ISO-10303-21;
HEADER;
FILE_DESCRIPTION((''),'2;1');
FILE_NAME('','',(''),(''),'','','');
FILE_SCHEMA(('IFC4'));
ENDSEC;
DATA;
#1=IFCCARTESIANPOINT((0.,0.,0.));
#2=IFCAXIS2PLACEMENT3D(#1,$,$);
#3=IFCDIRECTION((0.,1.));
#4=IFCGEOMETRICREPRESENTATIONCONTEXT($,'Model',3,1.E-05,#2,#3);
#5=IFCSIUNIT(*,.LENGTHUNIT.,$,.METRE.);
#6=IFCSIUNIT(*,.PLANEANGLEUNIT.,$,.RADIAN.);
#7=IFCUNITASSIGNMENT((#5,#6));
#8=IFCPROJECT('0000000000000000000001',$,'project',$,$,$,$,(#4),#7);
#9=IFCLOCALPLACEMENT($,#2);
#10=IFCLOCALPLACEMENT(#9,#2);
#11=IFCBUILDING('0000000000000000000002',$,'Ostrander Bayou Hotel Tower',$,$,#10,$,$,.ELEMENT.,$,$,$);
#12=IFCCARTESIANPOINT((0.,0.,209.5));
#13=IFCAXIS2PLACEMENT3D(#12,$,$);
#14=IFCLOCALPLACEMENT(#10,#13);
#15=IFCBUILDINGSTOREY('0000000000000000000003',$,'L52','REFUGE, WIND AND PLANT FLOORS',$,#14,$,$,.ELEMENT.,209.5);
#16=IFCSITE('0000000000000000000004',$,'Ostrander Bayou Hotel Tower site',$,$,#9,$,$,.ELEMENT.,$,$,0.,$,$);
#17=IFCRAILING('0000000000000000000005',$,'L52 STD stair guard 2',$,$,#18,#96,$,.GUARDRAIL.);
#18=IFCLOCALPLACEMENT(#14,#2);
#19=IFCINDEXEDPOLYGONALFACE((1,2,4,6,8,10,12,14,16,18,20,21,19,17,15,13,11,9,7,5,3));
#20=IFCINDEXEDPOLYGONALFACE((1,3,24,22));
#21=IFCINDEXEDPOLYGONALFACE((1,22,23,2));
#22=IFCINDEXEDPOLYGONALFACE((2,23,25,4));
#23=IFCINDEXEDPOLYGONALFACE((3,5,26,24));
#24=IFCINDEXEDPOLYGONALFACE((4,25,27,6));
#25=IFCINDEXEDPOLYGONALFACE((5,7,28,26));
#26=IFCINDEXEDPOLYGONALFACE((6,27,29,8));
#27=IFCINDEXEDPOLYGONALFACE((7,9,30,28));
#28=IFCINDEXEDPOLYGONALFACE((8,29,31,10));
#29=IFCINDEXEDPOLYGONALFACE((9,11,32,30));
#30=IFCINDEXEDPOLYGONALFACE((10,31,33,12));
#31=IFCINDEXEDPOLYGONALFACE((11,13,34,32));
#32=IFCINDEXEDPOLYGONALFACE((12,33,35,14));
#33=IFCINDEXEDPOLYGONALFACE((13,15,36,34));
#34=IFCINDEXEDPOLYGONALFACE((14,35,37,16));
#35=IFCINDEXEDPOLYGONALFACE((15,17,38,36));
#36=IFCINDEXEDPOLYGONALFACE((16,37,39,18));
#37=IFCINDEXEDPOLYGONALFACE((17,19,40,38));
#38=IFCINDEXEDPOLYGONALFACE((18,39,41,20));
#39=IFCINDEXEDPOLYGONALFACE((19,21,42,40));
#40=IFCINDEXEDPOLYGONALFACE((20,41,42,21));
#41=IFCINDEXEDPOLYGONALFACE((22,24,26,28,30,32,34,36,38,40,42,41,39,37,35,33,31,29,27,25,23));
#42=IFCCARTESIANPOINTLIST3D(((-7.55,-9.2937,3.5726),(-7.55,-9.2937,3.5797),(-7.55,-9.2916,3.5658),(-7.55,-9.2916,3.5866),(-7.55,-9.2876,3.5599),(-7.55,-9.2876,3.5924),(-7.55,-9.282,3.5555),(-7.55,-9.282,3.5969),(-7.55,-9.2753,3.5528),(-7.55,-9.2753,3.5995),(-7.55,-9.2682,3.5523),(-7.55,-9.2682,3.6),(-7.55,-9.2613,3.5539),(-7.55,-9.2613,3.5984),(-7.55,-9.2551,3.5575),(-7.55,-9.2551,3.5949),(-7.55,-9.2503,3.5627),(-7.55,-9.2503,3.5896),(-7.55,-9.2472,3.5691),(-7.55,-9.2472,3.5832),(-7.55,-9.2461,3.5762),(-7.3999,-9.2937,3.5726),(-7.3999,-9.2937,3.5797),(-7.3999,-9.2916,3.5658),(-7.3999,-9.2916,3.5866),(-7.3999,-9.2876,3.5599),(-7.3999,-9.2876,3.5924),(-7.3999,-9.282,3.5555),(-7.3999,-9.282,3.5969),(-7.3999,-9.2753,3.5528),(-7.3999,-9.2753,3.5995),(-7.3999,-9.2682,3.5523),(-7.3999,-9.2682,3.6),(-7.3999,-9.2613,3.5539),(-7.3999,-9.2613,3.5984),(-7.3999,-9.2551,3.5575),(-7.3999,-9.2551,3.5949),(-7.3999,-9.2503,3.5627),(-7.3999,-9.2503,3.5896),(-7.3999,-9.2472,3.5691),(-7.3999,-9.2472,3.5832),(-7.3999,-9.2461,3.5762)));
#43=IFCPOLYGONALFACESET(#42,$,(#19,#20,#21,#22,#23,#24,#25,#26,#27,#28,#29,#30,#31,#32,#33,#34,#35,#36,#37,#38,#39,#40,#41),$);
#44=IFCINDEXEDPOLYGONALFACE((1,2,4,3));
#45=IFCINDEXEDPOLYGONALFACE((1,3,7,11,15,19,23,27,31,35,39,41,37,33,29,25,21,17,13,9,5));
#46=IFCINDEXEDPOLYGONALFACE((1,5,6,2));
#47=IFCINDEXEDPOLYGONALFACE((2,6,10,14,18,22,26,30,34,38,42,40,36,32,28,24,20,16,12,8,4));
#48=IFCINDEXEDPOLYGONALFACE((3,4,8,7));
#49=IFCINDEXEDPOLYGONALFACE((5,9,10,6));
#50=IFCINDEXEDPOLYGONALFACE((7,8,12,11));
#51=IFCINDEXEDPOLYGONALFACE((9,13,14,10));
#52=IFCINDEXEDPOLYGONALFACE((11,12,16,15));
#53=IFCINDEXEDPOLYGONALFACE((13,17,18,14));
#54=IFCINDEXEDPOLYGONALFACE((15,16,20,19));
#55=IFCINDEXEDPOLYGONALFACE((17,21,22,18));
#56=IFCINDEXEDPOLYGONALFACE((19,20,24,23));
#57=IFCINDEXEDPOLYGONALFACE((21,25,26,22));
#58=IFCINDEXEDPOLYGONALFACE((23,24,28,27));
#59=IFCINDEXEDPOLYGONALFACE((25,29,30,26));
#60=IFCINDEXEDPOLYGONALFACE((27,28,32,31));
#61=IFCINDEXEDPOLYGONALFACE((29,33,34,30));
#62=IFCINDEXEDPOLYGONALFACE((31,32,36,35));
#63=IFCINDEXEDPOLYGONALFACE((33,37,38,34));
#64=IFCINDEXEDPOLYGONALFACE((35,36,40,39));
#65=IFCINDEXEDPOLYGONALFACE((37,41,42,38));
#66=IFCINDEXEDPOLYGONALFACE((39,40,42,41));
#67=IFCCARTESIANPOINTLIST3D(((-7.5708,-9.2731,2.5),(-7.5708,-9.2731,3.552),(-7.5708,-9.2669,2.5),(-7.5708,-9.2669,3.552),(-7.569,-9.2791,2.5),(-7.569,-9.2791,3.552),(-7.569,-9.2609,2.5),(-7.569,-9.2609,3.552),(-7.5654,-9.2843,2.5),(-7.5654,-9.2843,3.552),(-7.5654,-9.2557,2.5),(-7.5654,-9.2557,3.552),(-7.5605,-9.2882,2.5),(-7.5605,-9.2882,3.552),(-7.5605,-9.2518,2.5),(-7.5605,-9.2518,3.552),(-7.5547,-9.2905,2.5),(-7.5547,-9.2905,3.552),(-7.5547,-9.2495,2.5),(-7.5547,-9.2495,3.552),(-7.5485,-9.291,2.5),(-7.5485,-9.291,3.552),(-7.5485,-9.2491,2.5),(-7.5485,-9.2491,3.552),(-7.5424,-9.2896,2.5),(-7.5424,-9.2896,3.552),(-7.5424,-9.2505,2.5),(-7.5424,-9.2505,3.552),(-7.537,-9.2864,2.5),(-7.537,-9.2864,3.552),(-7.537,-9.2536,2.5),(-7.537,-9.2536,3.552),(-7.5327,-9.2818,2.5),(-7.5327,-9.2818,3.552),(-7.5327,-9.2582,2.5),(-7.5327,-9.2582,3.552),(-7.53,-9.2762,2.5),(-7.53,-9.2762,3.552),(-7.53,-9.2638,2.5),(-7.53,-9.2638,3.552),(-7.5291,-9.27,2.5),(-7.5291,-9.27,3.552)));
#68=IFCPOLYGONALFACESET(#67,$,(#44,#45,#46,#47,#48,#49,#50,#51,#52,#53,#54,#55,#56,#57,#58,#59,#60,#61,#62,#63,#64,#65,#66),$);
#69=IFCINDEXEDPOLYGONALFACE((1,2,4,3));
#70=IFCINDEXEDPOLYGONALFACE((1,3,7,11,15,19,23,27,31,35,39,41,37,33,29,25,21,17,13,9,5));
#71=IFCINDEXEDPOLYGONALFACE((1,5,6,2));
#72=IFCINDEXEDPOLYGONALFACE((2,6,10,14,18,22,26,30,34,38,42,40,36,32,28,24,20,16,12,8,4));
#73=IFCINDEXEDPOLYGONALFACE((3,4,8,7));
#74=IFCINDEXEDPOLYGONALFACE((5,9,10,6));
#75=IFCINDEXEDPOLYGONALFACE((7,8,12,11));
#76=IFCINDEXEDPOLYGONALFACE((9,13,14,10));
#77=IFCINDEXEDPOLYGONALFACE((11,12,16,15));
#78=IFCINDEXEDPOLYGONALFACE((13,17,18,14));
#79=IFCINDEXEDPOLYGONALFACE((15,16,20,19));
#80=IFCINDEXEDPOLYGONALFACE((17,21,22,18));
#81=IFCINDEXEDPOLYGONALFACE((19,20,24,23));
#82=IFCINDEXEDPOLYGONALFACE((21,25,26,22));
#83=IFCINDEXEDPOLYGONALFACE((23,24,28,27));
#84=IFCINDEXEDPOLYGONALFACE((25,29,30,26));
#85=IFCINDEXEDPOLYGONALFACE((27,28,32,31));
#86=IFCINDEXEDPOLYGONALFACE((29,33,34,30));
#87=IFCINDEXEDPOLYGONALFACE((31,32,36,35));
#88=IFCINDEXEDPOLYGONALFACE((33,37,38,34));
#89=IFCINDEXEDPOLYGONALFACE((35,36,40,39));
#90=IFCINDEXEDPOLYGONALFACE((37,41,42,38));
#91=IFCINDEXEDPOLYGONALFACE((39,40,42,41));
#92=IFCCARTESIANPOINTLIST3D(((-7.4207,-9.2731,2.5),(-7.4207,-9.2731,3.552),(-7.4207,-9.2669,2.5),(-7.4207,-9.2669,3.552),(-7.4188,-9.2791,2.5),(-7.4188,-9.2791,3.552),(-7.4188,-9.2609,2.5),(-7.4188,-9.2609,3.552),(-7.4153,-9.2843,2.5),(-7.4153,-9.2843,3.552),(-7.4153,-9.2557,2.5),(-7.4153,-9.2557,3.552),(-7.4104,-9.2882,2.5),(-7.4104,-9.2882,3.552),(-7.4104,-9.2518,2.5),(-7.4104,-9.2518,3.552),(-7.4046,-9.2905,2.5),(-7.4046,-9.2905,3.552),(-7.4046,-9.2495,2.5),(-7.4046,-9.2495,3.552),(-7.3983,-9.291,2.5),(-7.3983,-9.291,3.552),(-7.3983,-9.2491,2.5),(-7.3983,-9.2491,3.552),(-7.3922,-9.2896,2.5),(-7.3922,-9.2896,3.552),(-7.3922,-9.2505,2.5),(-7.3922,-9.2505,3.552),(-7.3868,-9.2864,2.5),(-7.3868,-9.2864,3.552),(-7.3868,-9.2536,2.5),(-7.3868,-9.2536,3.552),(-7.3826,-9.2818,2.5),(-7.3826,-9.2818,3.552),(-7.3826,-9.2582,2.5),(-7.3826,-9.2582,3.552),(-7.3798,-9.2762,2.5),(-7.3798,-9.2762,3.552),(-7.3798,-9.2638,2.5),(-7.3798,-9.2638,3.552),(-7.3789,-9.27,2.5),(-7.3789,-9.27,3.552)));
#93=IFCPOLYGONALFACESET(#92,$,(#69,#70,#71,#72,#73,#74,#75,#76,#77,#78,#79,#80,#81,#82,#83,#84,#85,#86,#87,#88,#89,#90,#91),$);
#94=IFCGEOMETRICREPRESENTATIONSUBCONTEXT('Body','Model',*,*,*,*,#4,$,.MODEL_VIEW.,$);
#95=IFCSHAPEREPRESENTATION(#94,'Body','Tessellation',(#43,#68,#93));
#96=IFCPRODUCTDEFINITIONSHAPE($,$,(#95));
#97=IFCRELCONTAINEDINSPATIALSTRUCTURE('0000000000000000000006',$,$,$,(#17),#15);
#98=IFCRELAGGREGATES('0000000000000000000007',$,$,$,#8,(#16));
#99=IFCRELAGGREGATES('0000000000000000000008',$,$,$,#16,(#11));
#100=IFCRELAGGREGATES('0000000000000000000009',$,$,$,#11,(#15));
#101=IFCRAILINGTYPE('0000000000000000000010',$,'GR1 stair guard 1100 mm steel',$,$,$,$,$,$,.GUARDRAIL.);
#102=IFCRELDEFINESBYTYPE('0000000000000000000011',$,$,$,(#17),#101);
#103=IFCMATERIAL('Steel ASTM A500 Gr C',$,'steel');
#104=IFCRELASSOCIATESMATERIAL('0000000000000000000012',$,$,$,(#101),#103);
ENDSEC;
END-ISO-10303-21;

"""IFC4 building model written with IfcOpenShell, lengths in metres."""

from ifc_helpers import new_model, si_unit, direction, frame, origin, origin_2d, place, context, subcontext, project, spatial, circle, extrude, material, type_object, element, save


model = new_model("IFC4")

# Units and contexts
model_context = context("Model", 3, precision=1e-05, world=origin(), true_north=direction((0.0, 1.0)))
body_context = subcontext(model_context, "Body", "Model", "MODEL_VIEW")
ifc_project = project(units=[si_unit("LENGTHUNIT", "METRE"), si_unit("PLANEANGLEUNIT", "RADIAN")], contexts=[model_context])

# Site, building, storey
site_placement = place(None, origin())
site = spatial("IfcSite", under=ifc_project, at=site_placement, Name="Ostrander Bayou Hotel Tower site", CompositionType="ELEMENT", RefElevation=0.0)
building_placement = place(site_placement, origin())
building = spatial("IfcBuilding", under=site, at=building_placement, Name="Ostrander Bayou Hotel Tower", CompositionType="ELEMENT")
storey_placement = place(building_placement, frame((0.0, 0.0, 209.5)))
storey = spatial("IfcBuildingStorey", under=building, at=storey_placement, Name="L52", Description="REFUGE, WIND AND PLANT FLOORS", CompositionType="ELEMENT", Elevation=209.5)

# Railing
ifc_material_1 = material(Name="Steel ASTM A500 Gr C", Category="steel")
railing_type_1 = type_object("IfcRailingType", Name="GR1 stair guard 1100 mm steel", PredefinedType="GUARDRAIL", material=ifc_material_1)
railing_1_placement = place(storey_placement, frame((-7.55, -9.27, 2.5)))
element("IfcRailing", 1, at=railing_1_placement, inside=storey, type_object=railing_type_1, Name="L52 STD stair guard 2", PredefinedType="GUARDRAIL", context=body_context, shape_type="SweptSolid", body=[
    extrude(circle(Radius=0.0239, at=origin_2d()), frame((0.0, 0.0, 1.0762), z_axis=(1.0, 0.0, 0.0), x_axis=(0.0, 1.0, 0.0)), (0.0, 0.0, 1.0), 0.1501),
    extrude(circle(Radius=0.021, at=origin_2d()), origin(), (0.0, 0.0, 1.0), 1.052),
    extrude(circle(Radius=0.021, at=origin_2d()), frame((0.1501, 0.0, 0.0)), (0.0, 0.0, 1.0), 1.052),
])

save(model, "model.ifc")
